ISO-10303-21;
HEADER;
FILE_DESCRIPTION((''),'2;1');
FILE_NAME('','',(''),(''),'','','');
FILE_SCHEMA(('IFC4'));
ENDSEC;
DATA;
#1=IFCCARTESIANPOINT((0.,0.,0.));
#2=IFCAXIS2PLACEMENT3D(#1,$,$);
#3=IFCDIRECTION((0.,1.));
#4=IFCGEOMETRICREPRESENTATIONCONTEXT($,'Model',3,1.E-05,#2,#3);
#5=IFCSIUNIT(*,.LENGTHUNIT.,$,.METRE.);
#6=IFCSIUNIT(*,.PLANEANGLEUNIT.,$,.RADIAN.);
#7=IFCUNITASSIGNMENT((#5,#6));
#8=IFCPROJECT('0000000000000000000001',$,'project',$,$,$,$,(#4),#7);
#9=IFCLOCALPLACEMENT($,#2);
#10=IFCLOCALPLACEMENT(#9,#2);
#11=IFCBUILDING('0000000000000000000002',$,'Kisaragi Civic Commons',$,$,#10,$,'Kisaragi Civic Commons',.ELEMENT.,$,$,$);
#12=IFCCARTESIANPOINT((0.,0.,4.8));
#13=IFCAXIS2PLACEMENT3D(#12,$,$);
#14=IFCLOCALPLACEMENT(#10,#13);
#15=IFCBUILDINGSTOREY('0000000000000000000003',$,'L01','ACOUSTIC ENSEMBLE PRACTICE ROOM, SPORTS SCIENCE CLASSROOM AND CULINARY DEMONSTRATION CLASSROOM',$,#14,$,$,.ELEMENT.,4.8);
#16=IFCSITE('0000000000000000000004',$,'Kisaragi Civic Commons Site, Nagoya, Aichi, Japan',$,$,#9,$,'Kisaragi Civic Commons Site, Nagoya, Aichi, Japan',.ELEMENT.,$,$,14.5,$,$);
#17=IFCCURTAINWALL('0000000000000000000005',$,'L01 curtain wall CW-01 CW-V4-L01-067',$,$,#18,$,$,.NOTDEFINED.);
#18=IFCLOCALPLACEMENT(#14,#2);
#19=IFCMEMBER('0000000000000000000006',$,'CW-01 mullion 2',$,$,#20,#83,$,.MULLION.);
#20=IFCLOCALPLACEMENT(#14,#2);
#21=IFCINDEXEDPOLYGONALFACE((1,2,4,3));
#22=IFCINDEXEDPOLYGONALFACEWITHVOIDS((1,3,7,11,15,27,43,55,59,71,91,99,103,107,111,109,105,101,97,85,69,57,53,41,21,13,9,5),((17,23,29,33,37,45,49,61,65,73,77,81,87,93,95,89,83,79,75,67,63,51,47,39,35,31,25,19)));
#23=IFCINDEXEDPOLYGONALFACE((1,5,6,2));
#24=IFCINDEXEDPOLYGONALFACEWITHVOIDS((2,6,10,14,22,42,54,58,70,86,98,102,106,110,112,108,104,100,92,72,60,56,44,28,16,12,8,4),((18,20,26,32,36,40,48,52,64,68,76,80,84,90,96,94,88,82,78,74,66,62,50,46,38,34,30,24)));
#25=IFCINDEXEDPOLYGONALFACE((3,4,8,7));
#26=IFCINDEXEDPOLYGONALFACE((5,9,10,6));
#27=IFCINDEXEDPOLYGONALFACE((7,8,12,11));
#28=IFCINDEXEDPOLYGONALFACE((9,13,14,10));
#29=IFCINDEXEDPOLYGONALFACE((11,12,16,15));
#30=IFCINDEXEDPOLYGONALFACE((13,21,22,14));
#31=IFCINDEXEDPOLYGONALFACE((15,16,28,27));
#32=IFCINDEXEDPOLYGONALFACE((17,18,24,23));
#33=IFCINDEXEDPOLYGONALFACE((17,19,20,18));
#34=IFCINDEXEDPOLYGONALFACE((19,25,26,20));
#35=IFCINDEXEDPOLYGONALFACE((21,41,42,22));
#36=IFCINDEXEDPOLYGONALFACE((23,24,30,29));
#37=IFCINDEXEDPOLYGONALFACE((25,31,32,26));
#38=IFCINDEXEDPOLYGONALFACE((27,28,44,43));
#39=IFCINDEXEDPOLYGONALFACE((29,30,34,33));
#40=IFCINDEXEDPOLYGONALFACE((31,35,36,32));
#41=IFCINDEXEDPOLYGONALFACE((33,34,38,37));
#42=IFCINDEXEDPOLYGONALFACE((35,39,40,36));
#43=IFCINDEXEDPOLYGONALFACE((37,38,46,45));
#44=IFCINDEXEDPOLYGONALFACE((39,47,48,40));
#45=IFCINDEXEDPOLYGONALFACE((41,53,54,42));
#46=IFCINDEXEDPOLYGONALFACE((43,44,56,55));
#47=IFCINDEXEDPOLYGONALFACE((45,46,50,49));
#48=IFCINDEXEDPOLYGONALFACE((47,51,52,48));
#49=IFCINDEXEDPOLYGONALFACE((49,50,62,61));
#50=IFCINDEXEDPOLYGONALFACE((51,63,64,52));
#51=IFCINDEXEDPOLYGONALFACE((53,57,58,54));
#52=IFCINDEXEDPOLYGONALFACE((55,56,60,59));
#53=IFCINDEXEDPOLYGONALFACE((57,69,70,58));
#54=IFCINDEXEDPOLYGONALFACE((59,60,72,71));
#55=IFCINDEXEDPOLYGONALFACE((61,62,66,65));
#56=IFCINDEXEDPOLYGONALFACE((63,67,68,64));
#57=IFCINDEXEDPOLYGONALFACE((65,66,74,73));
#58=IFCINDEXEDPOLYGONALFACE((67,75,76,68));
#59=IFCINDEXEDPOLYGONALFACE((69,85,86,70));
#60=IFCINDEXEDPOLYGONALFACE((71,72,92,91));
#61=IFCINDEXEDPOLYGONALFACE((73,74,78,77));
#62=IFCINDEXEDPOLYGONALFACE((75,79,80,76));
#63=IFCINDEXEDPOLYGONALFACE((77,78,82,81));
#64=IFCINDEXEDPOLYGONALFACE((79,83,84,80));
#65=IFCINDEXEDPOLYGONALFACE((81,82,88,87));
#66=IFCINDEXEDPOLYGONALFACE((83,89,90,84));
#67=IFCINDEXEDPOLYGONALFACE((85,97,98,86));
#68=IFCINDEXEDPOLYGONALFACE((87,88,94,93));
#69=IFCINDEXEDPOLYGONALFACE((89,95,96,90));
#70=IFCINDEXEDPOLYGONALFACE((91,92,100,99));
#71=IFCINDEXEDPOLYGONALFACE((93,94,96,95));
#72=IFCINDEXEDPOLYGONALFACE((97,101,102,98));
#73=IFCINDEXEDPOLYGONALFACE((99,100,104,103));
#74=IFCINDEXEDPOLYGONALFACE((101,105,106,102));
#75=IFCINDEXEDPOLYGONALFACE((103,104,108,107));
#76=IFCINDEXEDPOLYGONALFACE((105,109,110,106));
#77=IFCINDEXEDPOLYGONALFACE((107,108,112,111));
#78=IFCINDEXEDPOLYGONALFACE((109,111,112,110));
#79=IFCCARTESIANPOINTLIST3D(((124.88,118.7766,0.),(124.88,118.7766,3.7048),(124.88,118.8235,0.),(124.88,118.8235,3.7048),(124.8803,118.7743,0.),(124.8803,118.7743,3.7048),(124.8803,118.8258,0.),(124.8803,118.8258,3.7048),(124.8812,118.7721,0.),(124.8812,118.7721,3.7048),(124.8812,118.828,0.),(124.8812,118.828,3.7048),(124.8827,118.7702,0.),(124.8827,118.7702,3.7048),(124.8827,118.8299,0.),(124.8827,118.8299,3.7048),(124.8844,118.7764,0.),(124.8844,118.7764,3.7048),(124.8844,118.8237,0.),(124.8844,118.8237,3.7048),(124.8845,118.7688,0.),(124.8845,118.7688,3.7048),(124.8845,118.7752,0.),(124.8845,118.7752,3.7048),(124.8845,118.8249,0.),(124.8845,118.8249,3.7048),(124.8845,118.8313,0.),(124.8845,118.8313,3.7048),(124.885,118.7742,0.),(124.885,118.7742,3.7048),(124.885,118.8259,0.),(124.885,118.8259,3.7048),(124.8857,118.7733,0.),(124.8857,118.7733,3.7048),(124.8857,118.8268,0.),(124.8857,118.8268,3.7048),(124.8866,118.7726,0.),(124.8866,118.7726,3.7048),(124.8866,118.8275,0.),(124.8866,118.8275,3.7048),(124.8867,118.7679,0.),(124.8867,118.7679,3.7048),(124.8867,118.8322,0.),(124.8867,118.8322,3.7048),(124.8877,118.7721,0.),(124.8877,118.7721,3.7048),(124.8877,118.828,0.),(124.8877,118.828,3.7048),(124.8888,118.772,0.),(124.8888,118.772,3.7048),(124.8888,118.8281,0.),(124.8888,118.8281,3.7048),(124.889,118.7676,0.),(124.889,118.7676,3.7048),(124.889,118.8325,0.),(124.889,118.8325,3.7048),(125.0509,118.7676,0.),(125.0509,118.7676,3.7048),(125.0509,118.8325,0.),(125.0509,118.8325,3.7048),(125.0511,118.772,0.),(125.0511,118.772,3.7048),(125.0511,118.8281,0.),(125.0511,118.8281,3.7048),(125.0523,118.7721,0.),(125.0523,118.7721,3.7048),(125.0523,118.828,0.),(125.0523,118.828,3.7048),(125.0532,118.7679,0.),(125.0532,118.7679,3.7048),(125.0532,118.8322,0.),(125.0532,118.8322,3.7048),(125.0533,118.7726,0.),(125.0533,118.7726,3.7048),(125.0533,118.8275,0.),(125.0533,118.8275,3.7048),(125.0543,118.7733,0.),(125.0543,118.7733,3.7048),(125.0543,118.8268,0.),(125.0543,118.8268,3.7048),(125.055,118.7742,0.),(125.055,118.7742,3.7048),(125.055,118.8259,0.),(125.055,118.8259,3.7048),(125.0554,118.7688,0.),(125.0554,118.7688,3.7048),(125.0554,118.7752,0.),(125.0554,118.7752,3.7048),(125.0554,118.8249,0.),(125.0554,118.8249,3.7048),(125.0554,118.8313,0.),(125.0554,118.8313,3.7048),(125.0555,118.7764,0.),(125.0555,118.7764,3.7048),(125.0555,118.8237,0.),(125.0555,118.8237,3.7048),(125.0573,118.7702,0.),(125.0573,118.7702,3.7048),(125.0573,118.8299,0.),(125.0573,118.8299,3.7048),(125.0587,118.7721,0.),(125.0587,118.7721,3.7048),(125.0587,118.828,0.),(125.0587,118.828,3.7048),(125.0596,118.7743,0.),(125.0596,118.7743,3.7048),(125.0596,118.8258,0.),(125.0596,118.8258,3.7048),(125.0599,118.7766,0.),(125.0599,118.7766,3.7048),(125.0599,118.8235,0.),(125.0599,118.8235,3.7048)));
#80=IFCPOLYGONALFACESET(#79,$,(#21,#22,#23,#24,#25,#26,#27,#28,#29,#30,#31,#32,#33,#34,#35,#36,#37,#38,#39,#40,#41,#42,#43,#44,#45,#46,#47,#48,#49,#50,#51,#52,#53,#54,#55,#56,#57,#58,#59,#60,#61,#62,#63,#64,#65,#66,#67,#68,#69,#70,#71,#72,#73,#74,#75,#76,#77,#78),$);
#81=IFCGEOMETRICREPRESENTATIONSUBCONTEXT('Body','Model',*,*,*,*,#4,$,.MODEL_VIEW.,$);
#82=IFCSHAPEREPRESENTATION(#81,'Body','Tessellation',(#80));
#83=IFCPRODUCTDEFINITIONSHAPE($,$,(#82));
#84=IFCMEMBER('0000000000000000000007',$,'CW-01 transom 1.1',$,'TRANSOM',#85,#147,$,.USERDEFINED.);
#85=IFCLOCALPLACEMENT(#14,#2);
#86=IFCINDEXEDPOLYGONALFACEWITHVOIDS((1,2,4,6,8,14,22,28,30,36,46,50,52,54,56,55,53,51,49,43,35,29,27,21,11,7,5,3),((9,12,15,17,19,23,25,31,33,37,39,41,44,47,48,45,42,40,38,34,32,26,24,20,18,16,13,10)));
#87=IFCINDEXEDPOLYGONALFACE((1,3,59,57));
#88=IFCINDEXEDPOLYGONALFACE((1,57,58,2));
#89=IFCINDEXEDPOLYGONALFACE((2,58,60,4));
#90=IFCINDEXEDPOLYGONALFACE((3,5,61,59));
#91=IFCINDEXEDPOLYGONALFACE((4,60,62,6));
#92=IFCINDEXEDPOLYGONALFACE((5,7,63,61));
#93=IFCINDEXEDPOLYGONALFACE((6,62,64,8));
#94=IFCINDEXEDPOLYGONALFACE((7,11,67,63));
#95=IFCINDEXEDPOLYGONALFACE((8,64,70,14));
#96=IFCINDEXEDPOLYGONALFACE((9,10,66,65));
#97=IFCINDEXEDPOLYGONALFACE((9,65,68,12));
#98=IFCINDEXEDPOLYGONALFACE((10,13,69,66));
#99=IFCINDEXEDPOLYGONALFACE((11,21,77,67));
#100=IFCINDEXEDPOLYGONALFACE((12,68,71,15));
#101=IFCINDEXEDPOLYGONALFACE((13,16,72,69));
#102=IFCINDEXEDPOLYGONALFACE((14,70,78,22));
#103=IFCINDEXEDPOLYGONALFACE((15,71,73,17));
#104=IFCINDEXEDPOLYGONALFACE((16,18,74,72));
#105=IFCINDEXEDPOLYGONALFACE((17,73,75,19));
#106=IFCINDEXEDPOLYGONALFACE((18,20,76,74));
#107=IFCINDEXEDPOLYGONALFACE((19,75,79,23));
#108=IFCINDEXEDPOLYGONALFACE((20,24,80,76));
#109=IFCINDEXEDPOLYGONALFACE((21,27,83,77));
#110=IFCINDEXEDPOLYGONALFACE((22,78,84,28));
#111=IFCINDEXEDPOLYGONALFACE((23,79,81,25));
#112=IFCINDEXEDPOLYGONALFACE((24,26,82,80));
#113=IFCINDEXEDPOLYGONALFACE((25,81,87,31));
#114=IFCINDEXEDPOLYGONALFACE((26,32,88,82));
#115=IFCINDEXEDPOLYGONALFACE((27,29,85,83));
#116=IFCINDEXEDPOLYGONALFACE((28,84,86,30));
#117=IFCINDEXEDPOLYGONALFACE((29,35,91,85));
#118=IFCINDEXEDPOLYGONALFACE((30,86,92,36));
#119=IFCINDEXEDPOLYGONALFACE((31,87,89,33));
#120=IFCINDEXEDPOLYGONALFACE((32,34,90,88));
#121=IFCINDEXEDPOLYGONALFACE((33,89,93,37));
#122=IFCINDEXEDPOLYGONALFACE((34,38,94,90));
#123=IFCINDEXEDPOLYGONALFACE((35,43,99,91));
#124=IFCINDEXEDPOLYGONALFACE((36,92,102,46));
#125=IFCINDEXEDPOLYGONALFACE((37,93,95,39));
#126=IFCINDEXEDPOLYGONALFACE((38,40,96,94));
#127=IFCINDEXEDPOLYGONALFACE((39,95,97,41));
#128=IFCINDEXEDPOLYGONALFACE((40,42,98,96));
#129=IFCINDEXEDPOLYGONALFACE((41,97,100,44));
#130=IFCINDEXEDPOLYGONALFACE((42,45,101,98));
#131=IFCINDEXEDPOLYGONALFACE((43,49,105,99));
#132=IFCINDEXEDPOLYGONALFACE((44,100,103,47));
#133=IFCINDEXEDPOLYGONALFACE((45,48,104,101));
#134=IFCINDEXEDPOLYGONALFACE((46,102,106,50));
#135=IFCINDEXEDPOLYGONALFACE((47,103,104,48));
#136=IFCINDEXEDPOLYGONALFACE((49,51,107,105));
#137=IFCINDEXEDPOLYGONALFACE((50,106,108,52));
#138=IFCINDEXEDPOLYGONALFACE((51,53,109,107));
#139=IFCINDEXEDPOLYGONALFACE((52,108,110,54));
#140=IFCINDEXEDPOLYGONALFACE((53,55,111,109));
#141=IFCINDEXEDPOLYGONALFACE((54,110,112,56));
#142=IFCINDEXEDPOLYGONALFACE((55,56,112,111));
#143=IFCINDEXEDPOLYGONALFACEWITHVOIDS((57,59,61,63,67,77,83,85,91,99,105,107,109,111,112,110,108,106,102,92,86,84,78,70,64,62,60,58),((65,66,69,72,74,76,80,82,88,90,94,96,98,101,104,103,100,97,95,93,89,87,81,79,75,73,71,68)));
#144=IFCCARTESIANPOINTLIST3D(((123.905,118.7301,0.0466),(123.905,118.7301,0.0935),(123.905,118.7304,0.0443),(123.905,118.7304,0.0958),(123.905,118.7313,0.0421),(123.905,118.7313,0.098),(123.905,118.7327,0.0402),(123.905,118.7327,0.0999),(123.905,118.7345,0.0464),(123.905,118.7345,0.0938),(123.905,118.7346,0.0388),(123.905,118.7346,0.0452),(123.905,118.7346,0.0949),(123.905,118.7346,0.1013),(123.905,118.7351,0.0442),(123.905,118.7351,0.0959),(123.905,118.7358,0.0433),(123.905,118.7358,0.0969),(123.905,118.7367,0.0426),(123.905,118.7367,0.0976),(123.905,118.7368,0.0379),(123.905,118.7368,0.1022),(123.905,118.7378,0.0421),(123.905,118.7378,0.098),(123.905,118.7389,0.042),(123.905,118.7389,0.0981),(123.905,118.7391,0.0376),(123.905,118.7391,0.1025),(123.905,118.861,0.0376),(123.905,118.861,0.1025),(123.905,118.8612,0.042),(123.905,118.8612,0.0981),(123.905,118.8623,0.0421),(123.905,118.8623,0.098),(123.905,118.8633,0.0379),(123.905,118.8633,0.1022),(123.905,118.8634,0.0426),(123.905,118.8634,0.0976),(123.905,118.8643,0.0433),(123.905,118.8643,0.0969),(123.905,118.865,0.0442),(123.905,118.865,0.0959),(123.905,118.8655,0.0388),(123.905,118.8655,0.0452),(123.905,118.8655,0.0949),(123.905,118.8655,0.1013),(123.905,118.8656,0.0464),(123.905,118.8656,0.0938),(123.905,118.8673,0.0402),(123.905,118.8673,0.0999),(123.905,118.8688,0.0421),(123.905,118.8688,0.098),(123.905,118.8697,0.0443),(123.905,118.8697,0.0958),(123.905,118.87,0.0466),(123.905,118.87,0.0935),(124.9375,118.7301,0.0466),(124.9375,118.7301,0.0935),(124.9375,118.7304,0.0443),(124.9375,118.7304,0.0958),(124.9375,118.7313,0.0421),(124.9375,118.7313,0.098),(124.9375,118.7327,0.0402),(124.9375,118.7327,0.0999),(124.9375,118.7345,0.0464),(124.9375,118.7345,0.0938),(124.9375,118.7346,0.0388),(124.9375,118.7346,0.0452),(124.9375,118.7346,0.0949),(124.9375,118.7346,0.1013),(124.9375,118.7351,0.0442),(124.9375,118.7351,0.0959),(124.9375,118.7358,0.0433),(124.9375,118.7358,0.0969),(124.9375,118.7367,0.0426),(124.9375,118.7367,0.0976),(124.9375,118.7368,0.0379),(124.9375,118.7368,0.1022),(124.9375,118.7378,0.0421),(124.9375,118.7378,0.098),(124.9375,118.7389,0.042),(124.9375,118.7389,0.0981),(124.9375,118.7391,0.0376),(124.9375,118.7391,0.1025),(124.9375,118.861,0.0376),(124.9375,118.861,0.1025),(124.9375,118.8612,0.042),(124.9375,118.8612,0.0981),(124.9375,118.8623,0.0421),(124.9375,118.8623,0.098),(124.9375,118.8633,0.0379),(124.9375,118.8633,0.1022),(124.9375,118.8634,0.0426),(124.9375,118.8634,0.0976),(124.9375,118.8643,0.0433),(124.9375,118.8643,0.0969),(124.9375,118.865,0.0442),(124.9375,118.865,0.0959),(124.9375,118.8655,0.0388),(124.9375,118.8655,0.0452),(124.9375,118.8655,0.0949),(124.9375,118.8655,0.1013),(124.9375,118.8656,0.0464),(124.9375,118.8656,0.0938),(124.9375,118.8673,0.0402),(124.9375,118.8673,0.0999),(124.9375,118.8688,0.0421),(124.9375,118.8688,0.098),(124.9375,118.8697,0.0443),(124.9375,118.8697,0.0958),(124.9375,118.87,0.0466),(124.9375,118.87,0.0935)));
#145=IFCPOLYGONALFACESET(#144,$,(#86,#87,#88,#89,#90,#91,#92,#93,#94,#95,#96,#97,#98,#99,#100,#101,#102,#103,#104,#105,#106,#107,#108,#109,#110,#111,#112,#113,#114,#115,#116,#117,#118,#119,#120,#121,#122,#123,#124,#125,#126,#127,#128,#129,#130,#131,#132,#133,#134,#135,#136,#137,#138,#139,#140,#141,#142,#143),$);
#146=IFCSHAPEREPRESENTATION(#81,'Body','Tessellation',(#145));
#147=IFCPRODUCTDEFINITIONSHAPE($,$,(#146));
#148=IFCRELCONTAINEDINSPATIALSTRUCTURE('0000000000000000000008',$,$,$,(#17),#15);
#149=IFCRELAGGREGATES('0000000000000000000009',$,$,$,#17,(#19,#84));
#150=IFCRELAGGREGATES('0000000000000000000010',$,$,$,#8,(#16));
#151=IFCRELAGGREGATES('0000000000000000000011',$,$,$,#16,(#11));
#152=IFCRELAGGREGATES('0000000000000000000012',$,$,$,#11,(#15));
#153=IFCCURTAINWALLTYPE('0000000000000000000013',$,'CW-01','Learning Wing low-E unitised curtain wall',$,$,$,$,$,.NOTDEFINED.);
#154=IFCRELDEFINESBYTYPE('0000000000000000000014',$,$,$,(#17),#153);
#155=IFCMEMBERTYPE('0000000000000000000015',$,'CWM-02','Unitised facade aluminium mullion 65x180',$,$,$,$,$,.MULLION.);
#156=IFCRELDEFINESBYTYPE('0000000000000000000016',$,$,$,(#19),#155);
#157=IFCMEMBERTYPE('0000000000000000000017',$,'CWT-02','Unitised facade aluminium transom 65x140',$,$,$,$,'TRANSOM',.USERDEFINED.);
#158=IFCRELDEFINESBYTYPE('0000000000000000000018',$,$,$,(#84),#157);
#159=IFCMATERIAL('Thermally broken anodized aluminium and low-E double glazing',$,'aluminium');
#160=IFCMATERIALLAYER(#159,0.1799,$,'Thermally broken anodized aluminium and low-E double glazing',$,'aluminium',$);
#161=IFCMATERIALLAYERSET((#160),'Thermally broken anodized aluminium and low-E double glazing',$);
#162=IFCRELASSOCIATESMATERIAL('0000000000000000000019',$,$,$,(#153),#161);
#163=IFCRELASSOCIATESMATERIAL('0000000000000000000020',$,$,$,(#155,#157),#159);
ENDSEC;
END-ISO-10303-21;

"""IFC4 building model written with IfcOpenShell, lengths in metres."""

from ifc_helpers import new_model, si_unit, direction, frame, origin, origin_2d, place, context, subcontext, project, spatial, hollow_rectangle, extrude, material, layer, layer_set, material_profile, profile_set, type_object, element, aggregate, save


model = new_model("IFC4")

# Units and contexts
model_context = context("Model", 3, precision=1e-05, world=origin(), true_north=direction((0.0, 1.0)))
body_context = subcontext(model_context, "Body", "Model", "MODEL_VIEW")
ifc_project = project(units=[si_unit("LENGTHUNIT", "METRE"), si_unit("PLANEANGLEUNIT", "RADIAN")], contexts=[model_context])

# Site, building, storey
site_placement = place(None, origin())
site = spatial("IfcSite", under=ifc_project, at=site_placement, Name="Kisaragi Civic Commons Site, Nagoya, Aichi, Japan", LongName="Kisaragi Civic Commons Site, Nagoya, Aichi, Japan", CompositionType="ELEMENT", RefElevation=14.5)
building_placement = place(site_placement, origin())
building = spatial("IfcBuilding", under=site, at=building_placement, Name="Kisaragi Civic Commons", LongName="Kisaragi Civic Commons", CompositionType="ELEMENT")
storey_placement = place(building_placement, frame((0.0, 0.0, 4.8)))
storey = spatial("IfcBuildingStorey", under=building, at=storey_placement, Name="L01", Description="ACOUSTIC ENSEMBLE PRACTICE ROOM, SPORTS SCIENCE CLASSROOM AND CULINARY DEMONSTRATION CLASSROOM", CompositionType="ELEMENT", Elevation=4.8)

# Shared definitions
ifc_material_1 = material(Name="Thermally broken anodized aluminium and low-E double glazing", Category="aluminium")
ifc_layer_1 = layer(ifc_material_1, 0.1799, Name="Thermally broken anodized aluminium and low-E double glazing", Category="aluminium")
ifc_layer_set_1 = layer_set([ifc_layer_1], Name="Thermally broken anodized aluminium and low-E double glazing")
curtain_wall_type = type_object("IfcCurtainWallType", Name="CW-01", Description="Learning Wing low-E unitised curtain wall", PredefinedType="NOTDEFINED", material=ifc_layer_set_1)
ifc_material_profile_1 = material_profile(ifc_material_1, hollow_rectangle(XDim=0.0649, YDim=0.1799, WallThickness=0.0044, InnerFilletRadius=0.0044, OuterFilletRadius=0.009, at=origin_2d()), Name="CWM-65x180x4.5", Category="aluminium")
ifc_profile_set_1 = profile_set([ifc_material_profile_1], Name="Thermally broken anodized aluminium and low-E double glazing")
member_type_1 = type_object("IfcMemberType", Name="CWM-02", Description="Unitised facade aluminium mullion 65x180", PredefinedType="MULLION", material=ifc_profile_set_1)

# Curtain wall, members
curtain_wall_1_placement = place(storey_placement, origin())
curtain_wall_1 = element("IfcCurtainWall", 1, at=curtain_wall_1_placement, inside=storey, type_object=curtain_wall_type, Name="L01 curtain wall CW-01 CW-V4-L01-067", PredefinedType="NOTDEFINED")
member_1_placement = place(storey_placement, frame((124.97, 118.8, 0.0), z_axis=(0.0, 0.0, 1.0), x_axis=(0.0, 1.0, 0.0)))
member_1 = element("IfcMember", 2, at=member_1_placement, type_object=member_type_1, Name="CW-01 mullion 2", PredefinedType="MULLION", context=body_context, shape_type="SweptSolid", body=[
    extrude(hollow_rectangle(XDim=0.0649, YDim=0.1799, WallThickness=0.0044, InnerFilletRadius=0.0044, OuterFilletRadius=0.009, at=origin_2d()), origin(), (0.0, 0.0, 1.0), 3.7048),
])
ifc_material_profile_2 = material_profile(ifc_material_1, hollow_rectangle(XDim=0.1399, YDim=0.0649, WallThickness=0.0044, InnerFilletRadius=0.0044, OuterFilletRadius=0.009, at=origin_2d()), Name="CWT-65x140x4.5", Category="aluminium")
ifc_profile_set_2 = profile_set([ifc_material_profile_2], Name="Thermally broken anodized aluminium and low-E double glazing")
member_type_2 = type_object("IfcMemberType", Name="CWT-02", Description="Unitised facade aluminium transom 65x140", ElementType="TRANSOM", PredefinedType="USERDEFINED", material=ifc_profile_set_2)
member_2_placement = place(storey_placement, frame((123.905, 118.8, 0.0701), z_axis=(1.0, 0.0, 0.0), x_axis=(0.0, 1.0, 0.0)))
member_2 = element("IfcMember", 3, at=member_2_placement, type_object=member_type_2, Name="CW-01 transom 1.1", ObjectType="TRANSOM", PredefinedType="USERDEFINED", context=body_context, shape_type="SweptSolid", body=[
    extrude(hollow_rectangle(XDim=0.1399, YDim=0.0649, WallThickness=0.0044, InnerFilletRadius=0.0044, OuterFilletRadius=0.009, at=origin_2d()), origin(), (0.0, 0.0, 1.0), 1.0325),
])

aggregate(curtain_wall_1, [member_1, member_2])

save(model, "model.ifc")
